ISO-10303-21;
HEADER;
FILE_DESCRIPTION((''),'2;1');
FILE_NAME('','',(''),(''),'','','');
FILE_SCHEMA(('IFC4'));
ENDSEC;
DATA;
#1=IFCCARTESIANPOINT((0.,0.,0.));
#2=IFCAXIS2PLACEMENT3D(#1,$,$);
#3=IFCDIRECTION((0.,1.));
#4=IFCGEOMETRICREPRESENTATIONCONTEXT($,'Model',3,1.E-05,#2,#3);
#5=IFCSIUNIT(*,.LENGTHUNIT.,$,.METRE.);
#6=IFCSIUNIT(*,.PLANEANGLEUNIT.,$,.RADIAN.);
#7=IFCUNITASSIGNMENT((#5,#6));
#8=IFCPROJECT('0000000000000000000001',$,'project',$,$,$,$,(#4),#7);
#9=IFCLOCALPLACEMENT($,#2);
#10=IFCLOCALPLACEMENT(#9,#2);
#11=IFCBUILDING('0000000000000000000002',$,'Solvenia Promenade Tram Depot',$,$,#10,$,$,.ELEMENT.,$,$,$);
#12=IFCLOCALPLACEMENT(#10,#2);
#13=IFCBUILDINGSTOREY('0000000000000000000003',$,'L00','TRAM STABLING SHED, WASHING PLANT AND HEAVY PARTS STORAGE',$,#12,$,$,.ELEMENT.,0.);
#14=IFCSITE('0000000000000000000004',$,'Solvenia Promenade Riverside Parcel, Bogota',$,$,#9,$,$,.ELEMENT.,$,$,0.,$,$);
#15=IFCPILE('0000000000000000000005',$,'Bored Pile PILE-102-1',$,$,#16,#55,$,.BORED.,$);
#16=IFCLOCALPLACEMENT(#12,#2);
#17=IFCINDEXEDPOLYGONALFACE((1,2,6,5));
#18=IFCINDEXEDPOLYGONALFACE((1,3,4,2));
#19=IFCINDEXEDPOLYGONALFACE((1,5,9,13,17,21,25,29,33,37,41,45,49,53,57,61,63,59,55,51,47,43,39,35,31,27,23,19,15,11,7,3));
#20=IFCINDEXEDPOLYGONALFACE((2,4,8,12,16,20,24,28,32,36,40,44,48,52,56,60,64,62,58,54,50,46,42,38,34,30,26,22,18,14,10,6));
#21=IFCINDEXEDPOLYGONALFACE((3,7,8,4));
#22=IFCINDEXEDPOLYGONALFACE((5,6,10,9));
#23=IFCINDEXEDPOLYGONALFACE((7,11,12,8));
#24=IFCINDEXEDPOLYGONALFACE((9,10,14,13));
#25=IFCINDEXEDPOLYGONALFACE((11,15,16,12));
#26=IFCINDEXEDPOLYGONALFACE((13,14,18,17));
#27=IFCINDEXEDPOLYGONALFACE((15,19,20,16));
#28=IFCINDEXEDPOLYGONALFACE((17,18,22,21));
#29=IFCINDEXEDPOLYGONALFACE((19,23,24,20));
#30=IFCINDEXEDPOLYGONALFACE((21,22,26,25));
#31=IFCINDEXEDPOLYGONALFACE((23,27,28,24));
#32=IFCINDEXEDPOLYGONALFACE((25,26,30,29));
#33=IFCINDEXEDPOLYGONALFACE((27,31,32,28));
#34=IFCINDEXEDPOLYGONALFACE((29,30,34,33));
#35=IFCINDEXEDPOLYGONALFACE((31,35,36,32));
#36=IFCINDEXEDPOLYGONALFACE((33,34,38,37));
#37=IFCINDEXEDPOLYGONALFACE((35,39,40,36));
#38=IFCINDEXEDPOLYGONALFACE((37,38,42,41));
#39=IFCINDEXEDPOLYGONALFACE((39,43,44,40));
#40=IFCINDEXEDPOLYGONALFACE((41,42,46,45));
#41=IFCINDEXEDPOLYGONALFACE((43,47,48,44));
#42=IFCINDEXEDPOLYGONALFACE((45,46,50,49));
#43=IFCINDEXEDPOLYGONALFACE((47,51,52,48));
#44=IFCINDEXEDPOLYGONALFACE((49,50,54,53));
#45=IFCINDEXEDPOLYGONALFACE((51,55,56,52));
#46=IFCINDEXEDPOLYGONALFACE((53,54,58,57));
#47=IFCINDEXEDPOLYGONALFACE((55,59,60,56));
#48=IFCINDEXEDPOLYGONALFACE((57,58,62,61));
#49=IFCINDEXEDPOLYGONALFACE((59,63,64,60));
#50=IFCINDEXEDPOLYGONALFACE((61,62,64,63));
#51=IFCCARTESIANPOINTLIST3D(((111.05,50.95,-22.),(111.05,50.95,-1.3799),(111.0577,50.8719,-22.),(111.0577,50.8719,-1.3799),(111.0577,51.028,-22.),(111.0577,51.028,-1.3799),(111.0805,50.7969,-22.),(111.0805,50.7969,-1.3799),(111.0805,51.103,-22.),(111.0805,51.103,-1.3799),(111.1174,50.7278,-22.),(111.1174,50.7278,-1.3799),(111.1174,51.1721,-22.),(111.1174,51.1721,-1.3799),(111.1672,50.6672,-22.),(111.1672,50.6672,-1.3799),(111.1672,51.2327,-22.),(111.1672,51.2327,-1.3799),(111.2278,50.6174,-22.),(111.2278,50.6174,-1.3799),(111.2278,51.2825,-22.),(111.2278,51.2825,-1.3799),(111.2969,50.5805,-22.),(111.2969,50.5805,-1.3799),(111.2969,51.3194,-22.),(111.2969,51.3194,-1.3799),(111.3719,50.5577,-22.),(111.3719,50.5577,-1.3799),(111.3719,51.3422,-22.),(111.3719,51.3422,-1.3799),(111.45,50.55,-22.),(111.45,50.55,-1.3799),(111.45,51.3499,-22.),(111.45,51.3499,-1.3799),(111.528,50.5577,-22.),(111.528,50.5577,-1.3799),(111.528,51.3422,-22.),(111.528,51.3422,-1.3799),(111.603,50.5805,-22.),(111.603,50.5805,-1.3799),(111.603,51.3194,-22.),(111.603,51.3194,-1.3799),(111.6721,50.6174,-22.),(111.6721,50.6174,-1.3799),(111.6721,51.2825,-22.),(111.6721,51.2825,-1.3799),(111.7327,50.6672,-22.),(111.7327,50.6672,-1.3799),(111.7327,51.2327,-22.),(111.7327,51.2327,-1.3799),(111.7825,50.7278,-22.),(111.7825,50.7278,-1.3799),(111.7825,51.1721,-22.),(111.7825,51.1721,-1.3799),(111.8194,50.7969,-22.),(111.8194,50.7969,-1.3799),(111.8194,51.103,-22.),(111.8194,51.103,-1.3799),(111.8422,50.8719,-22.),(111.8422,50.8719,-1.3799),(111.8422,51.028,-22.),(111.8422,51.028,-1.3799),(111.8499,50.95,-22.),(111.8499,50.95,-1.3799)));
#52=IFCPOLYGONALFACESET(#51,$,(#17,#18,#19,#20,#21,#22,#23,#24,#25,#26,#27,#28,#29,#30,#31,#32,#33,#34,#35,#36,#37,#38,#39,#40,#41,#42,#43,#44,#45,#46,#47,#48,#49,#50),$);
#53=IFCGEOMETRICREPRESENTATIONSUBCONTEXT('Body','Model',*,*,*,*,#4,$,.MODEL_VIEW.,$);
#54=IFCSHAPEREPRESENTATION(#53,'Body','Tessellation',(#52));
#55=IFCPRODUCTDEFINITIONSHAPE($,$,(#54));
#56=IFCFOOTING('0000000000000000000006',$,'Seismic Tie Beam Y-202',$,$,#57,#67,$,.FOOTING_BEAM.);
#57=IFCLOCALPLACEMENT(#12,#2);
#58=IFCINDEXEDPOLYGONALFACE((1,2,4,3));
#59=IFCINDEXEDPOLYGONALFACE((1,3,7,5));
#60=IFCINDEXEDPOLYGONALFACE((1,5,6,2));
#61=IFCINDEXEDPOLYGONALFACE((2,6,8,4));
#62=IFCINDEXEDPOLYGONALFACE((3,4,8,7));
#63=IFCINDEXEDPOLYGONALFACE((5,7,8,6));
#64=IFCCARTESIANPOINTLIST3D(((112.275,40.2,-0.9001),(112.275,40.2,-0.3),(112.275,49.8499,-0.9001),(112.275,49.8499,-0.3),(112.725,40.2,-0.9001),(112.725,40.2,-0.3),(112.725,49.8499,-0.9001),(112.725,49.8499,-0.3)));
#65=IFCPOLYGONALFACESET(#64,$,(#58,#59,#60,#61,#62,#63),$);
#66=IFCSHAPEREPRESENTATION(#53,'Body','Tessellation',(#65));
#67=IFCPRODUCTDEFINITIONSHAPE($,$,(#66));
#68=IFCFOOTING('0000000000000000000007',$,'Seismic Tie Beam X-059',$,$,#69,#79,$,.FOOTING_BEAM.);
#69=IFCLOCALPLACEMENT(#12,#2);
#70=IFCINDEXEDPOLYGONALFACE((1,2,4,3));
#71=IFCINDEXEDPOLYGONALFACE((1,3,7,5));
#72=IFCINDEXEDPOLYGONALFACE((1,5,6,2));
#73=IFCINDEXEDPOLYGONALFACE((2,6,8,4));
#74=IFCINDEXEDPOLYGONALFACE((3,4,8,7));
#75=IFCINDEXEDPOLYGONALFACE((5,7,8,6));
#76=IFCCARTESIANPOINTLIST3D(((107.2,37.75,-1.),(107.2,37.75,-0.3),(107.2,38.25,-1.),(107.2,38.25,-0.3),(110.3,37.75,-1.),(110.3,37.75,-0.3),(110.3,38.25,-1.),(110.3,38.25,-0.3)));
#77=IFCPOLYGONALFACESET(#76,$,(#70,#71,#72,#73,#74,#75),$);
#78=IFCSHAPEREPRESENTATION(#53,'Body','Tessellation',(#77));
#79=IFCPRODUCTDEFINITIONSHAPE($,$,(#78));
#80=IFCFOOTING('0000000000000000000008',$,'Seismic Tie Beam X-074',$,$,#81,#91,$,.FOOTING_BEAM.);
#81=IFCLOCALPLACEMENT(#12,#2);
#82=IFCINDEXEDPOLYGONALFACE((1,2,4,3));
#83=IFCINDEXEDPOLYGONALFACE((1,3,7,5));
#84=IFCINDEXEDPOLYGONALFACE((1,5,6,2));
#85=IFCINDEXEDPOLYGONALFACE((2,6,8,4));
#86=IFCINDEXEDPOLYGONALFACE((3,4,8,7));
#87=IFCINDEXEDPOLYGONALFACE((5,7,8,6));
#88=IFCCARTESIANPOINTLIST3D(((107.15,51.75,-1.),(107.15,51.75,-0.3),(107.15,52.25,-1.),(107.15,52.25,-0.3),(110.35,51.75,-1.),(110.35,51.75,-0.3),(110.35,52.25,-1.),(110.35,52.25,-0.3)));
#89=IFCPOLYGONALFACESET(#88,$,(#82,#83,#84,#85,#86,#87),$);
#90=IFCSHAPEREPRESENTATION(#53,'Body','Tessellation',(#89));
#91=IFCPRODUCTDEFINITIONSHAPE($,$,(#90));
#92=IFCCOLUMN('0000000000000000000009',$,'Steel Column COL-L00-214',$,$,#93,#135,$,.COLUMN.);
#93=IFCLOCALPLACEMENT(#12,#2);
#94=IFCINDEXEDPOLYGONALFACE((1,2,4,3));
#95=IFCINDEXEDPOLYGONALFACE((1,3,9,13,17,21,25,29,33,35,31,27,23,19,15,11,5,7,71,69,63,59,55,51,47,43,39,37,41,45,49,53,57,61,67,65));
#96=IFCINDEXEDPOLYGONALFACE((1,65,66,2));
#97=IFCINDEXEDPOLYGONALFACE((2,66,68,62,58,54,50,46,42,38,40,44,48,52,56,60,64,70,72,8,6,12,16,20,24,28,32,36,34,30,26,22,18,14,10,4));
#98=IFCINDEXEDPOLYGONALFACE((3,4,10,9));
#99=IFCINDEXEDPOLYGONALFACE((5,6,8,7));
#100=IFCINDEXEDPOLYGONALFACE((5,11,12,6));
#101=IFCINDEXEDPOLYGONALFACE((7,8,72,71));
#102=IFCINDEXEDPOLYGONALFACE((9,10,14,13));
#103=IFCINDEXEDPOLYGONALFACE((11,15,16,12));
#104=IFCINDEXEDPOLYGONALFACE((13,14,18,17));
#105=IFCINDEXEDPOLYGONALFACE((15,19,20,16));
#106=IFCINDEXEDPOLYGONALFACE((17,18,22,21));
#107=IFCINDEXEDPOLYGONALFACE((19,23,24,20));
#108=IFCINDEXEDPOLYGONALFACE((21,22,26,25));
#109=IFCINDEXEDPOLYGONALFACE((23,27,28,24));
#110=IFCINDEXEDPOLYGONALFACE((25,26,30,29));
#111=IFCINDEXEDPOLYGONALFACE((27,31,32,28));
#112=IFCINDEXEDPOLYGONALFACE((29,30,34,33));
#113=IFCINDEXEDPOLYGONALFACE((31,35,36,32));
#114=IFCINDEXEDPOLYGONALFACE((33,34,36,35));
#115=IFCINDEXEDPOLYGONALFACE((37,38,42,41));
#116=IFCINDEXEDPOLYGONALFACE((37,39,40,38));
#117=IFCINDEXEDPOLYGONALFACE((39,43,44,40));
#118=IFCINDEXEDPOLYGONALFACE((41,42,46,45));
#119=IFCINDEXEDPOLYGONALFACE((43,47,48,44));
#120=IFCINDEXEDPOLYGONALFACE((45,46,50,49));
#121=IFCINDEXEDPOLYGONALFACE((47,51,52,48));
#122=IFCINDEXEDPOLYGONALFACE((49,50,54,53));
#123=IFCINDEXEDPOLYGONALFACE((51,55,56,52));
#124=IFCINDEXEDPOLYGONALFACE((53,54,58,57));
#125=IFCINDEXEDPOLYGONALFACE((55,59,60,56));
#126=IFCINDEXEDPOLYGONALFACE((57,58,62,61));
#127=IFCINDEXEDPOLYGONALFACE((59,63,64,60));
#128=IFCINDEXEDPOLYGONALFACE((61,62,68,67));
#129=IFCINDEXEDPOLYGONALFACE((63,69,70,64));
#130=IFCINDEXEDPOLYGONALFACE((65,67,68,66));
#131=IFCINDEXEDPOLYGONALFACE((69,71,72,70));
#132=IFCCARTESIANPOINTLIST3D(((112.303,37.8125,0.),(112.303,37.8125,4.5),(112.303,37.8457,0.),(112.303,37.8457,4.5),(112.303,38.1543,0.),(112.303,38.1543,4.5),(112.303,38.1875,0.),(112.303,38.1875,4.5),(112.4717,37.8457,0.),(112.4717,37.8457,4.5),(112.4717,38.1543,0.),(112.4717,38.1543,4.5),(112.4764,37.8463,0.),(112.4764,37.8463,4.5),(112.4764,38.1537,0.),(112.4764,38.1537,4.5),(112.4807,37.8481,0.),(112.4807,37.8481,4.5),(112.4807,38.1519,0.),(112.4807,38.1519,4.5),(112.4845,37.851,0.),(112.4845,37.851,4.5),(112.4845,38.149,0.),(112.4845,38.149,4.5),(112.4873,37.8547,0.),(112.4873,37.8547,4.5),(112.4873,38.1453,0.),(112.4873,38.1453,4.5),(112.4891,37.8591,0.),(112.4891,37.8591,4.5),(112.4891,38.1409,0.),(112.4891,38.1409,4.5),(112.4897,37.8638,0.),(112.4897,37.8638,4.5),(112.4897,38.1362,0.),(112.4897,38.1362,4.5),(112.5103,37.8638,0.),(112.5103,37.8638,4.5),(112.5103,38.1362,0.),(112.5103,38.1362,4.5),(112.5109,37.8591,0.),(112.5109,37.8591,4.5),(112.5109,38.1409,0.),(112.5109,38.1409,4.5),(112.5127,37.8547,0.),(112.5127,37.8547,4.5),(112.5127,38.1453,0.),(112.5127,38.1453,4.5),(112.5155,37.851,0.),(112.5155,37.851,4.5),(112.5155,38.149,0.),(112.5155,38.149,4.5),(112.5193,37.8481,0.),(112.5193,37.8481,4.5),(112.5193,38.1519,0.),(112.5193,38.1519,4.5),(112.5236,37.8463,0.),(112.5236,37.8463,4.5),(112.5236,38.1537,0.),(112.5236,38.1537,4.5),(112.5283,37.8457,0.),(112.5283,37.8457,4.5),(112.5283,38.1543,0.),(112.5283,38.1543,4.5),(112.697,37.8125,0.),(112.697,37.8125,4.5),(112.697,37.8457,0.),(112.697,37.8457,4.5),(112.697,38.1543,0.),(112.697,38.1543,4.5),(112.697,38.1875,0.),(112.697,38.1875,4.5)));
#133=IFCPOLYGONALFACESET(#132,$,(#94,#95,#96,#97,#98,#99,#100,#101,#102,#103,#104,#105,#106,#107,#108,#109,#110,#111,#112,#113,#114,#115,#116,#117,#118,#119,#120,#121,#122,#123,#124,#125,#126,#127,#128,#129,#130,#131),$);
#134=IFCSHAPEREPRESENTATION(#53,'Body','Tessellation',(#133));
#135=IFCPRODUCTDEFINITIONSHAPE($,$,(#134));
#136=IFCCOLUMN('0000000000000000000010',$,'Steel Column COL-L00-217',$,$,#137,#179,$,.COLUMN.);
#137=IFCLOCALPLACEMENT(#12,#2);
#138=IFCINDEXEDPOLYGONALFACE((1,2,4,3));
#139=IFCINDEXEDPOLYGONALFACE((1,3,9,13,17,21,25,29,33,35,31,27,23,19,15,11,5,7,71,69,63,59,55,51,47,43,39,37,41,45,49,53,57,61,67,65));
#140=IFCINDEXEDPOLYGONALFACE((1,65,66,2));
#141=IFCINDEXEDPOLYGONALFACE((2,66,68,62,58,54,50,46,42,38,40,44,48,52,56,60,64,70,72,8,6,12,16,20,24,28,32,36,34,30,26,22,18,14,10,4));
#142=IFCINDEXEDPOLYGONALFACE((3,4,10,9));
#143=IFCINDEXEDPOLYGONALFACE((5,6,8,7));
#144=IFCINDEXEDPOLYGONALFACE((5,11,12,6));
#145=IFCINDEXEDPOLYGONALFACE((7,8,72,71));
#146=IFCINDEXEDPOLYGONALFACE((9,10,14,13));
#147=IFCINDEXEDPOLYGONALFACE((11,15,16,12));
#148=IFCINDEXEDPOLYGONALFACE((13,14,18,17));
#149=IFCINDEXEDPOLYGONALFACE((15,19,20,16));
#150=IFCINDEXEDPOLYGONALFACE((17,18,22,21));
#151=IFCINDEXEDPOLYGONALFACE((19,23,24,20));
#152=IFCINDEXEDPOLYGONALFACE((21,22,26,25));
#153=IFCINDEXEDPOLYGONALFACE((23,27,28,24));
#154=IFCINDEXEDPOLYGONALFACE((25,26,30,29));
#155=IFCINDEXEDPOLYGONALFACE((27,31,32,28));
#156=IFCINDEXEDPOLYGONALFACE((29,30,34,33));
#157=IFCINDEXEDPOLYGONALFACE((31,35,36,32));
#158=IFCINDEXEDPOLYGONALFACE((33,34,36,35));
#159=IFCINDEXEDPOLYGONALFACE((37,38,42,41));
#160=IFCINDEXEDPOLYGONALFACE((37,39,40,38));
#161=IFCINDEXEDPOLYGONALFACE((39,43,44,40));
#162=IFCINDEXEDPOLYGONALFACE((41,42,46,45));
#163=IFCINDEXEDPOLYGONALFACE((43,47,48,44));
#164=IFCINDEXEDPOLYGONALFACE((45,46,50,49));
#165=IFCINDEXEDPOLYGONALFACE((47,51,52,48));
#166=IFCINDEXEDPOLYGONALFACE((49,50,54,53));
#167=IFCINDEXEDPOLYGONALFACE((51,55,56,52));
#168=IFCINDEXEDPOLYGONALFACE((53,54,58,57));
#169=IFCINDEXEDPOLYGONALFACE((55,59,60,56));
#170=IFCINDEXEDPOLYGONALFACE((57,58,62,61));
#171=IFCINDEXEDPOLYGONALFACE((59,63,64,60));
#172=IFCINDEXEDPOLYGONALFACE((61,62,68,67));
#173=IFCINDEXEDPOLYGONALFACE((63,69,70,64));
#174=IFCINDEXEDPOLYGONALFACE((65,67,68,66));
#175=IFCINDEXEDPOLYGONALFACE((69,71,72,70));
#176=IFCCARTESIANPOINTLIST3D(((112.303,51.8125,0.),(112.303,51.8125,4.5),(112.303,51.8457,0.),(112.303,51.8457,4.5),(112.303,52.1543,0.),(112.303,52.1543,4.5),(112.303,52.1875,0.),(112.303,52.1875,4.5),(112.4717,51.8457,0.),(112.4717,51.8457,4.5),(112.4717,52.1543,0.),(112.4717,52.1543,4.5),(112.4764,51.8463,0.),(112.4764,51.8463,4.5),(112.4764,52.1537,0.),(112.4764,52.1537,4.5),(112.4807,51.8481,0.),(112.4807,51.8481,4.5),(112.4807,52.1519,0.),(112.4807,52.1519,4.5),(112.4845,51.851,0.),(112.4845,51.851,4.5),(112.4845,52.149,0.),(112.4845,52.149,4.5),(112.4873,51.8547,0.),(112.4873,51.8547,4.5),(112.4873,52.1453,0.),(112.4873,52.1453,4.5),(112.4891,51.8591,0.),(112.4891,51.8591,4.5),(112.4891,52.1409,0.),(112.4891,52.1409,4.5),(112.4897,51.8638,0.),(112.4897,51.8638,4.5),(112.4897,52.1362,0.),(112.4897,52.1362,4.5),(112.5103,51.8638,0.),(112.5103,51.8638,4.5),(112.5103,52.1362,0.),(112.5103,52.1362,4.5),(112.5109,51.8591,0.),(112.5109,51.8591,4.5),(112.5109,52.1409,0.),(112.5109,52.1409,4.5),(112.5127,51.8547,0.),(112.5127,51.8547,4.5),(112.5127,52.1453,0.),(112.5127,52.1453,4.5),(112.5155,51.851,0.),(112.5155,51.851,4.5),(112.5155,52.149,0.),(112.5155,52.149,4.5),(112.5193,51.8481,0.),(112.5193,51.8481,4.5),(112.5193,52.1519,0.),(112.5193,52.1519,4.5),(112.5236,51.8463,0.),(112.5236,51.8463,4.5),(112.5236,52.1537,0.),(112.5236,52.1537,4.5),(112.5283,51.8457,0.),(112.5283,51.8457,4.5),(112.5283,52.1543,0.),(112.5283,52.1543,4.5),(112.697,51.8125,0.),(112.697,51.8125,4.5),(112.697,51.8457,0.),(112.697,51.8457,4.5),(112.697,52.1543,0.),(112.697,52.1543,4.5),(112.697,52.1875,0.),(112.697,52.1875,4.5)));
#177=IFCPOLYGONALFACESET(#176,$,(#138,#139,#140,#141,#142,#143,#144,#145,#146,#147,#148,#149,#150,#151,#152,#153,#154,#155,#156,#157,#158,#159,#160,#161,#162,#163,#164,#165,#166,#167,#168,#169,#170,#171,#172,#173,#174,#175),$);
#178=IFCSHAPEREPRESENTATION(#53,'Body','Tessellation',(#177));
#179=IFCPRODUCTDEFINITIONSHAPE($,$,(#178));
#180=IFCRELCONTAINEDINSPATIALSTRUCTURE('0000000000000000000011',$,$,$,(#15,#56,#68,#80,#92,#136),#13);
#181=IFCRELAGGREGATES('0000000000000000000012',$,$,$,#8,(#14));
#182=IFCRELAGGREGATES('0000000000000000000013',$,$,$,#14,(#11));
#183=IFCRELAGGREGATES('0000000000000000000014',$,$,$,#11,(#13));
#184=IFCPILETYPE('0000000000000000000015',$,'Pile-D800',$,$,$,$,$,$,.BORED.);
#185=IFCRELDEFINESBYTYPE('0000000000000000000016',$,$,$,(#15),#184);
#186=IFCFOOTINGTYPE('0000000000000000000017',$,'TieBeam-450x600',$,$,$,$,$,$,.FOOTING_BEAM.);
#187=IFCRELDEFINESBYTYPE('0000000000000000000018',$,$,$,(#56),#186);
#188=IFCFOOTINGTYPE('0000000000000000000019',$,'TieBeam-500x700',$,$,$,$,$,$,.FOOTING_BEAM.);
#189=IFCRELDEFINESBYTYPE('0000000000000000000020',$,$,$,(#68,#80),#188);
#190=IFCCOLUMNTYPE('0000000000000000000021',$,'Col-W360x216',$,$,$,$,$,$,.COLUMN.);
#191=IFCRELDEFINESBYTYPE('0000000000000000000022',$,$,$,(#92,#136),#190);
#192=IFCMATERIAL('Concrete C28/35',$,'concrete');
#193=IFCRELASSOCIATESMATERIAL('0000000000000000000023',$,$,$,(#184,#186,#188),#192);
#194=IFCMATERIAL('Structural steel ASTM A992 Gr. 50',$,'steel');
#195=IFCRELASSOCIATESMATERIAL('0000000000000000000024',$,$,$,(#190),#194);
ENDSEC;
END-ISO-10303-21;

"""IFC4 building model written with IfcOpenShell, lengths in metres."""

from ifc_helpers import new_model, si_unit, direction, frame, origin, origin_2d, place, context, subcontext, project, spatial, rectangle, circle, i_section, extrude, material, material_profile, profile_set, type_object, element, save


model = new_model("IFC4")

# Units and contexts
model_context = context("Model", 3, precision=1e-05, world=origin(), true_north=direction((0.0, 1.0)))
body_context = subcontext(model_context, "Body", "Model", "MODEL_VIEW")
ifc_project = project(units=[si_unit("LENGTHUNIT", "METRE"), si_unit("PLANEANGLEUNIT", "RADIAN")], contexts=[model_context])

# Site, building, storey
site_placement = place(None, origin())
site = spatial("IfcSite", under=ifc_project, at=site_placement, Name="Solvenia Promenade Riverside Parcel, Bogota", CompositionType="ELEMENT", RefElevation=0.0)
building_placement = place(site_placement, origin())
building = spatial("IfcBuilding", under=site, at=building_placement, Name="Solvenia Promenade Tram Depot", CompositionType="ELEMENT")
storey_placement = place(building_placement, origin())
storey = spatial("IfcBuildingStorey", under=building, at=storey_placement, Name="L00", Description="TRAM STABLING SHED, WASHING PLANT AND HEAVY PARTS STORAGE", CompositionType="ELEMENT", Elevation=0.0)

# Shared definitions
ifc_material_1 = material(Name="Concrete C28/35", Category="concrete")

# Pile
ifc_material_profile_1 = material_profile(ifc_material_1, circle(Radius=0.3999, at=origin_2d()), Name="D800", Category="concrete")
ifc_profile_set_1 = profile_set([ifc_material_profile_1], Name="Concrete C28/35")
pile_type_1 = type_object("IfcPileType", Name="Pile-D800", PredefinedType="BORED", material=ifc_profile_set_1)
for number, where, z_axis, x_axis, name in (
    (1, (111.45, 50.95, -1.3799), (0.0, 0.0, -1.0), (1.0, 0.0, 0.0), "Bored Pile PILE-102-1"),
):
    element("IfcPile", number, at=place(storey_placement, frame(where, z_axis=z_axis, x_axis=x_axis)), inside=storey, type_object=pile_type_1, Name=name, PredefinedType="BORED", context=body_context, shape_type="SweptSolid", body=[
        extrude(circle(Radius=0.3999, at=origin_2d()), origin(), (0.0, 0.0, 1.0), 20.6201),
    ])

# Footings
footing_type_1 = type_object("IfcFootingType", Name="TieBeam-450x600", PredefinedType="FOOTING_BEAM", material=ifc_material_1)
footing_1_placement = place(storey_placement, frame((112.5, 45.0249, -0.9001), z_axis=(0.0, 0.0, 1.0), x_axis=(1.0, 0.0, 0.0)))
element("IfcFooting", 2, at=footing_1_placement, inside=storey, type_object=footing_type_1, Name="Seismic Tie Beam Y-202", PredefinedType="FOOTING_BEAM", context=body_context, shape_type="SweptSolid", body=[
    extrude(rectangle(XDim=0.45, YDim=9.6499, at=origin_2d()), origin(), (0.0, 0.0, 1.0), 0.6001),
])
footing_type_2 = type_object("IfcFootingType", Name="TieBeam-500x700", PredefinedType="FOOTING_BEAM", material=ifc_material_1)
footing_2_placement = place(storey_placement, frame((108.75, 38.0, -1.0), z_axis=(0.0, 0.0, 1.0), x_axis=(1.0, 0.0, 0.0)))
element("IfcFooting", 3, at=footing_2_placement, inside=storey, type_object=footing_type_2, Name="Seismic Tie Beam X-059", PredefinedType="FOOTING_BEAM", context=body_context, shape_type="SweptSolid", body=[
    extrude(rectangle(XDim=3.1001, YDim=0.5, at=origin_2d()), origin(), (0.0, 0.0, 1.0), 0.7),
])
footing_3_placement = place(storey_placement, frame((108.75, 52.0, -1.0), z_axis=(0.0, 0.0, 1.0), x_axis=(1.0, 0.0, 0.0)))
element("IfcFooting", 4, at=footing_3_placement, inside=storey, type_object=footing_type_2, Name="Seismic Tie Beam X-074", PredefinedType="FOOTING_BEAM", context=body_context, shape_type="SweptSolid", body=[
    extrude(rectangle(XDim=3.2, YDim=0.5, at=origin_2d()), origin(), (0.0, 0.0, 1.0), 0.7),
])

# Columns
ifc_material_2 = material(Name="Structural steel ASTM A992 Gr. 50", Category="steel")
ifc_material_profile_2 = material_profile(ifc_material_2, i_section(OverallWidth=0.394, OverallDepth=0.375, WebThickness=0.0205, FlangeThickness=0.0332, FilletRadius=0.0181, at=origin_2d()), Name="W360x216", Category="steel")
ifc_profile_set_2 = profile_set([ifc_material_profile_2], Name="Structural steel ASTM A992 Gr. 50")
column_type = type_object("IfcColumnType", Name="Col-W360x216", PredefinedType="COLUMN", material=ifc_profile_set_2)
for number, where, z_axis, x_axis, name in (
    (5, (112.5, 38.0, 0.0), (0.0, 0.0, 1.0), (1.0, 0.0, 0.0), "Steel Column COL-L00-214"),
    (6, (112.5, 52.0, 0.0), (0.0, 0.0, 1.0), (1.0, 0.0, 0.0), "Steel Column COL-L00-217"),
):
    element("IfcColumn", number, at=place(storey_placement, frame(where, z_axis=z_axis, x_axis=x_axis)), inside=storey, type_object=column_type, Name=name, PredefinedType="COLUMN", context=body_context, shape_type="SweptSolid", body=[
        extrude(i_section(OverallWidth=0.394, OverallDepth=0.375, WebThickness=0.0205, FlangeThickness=0.0332, FilletRadius=0.0181, at=origin_2d()), origin(), (0.0, 0.0, 1.0), 4.5),
    ])

save(model, "model.ifc")
